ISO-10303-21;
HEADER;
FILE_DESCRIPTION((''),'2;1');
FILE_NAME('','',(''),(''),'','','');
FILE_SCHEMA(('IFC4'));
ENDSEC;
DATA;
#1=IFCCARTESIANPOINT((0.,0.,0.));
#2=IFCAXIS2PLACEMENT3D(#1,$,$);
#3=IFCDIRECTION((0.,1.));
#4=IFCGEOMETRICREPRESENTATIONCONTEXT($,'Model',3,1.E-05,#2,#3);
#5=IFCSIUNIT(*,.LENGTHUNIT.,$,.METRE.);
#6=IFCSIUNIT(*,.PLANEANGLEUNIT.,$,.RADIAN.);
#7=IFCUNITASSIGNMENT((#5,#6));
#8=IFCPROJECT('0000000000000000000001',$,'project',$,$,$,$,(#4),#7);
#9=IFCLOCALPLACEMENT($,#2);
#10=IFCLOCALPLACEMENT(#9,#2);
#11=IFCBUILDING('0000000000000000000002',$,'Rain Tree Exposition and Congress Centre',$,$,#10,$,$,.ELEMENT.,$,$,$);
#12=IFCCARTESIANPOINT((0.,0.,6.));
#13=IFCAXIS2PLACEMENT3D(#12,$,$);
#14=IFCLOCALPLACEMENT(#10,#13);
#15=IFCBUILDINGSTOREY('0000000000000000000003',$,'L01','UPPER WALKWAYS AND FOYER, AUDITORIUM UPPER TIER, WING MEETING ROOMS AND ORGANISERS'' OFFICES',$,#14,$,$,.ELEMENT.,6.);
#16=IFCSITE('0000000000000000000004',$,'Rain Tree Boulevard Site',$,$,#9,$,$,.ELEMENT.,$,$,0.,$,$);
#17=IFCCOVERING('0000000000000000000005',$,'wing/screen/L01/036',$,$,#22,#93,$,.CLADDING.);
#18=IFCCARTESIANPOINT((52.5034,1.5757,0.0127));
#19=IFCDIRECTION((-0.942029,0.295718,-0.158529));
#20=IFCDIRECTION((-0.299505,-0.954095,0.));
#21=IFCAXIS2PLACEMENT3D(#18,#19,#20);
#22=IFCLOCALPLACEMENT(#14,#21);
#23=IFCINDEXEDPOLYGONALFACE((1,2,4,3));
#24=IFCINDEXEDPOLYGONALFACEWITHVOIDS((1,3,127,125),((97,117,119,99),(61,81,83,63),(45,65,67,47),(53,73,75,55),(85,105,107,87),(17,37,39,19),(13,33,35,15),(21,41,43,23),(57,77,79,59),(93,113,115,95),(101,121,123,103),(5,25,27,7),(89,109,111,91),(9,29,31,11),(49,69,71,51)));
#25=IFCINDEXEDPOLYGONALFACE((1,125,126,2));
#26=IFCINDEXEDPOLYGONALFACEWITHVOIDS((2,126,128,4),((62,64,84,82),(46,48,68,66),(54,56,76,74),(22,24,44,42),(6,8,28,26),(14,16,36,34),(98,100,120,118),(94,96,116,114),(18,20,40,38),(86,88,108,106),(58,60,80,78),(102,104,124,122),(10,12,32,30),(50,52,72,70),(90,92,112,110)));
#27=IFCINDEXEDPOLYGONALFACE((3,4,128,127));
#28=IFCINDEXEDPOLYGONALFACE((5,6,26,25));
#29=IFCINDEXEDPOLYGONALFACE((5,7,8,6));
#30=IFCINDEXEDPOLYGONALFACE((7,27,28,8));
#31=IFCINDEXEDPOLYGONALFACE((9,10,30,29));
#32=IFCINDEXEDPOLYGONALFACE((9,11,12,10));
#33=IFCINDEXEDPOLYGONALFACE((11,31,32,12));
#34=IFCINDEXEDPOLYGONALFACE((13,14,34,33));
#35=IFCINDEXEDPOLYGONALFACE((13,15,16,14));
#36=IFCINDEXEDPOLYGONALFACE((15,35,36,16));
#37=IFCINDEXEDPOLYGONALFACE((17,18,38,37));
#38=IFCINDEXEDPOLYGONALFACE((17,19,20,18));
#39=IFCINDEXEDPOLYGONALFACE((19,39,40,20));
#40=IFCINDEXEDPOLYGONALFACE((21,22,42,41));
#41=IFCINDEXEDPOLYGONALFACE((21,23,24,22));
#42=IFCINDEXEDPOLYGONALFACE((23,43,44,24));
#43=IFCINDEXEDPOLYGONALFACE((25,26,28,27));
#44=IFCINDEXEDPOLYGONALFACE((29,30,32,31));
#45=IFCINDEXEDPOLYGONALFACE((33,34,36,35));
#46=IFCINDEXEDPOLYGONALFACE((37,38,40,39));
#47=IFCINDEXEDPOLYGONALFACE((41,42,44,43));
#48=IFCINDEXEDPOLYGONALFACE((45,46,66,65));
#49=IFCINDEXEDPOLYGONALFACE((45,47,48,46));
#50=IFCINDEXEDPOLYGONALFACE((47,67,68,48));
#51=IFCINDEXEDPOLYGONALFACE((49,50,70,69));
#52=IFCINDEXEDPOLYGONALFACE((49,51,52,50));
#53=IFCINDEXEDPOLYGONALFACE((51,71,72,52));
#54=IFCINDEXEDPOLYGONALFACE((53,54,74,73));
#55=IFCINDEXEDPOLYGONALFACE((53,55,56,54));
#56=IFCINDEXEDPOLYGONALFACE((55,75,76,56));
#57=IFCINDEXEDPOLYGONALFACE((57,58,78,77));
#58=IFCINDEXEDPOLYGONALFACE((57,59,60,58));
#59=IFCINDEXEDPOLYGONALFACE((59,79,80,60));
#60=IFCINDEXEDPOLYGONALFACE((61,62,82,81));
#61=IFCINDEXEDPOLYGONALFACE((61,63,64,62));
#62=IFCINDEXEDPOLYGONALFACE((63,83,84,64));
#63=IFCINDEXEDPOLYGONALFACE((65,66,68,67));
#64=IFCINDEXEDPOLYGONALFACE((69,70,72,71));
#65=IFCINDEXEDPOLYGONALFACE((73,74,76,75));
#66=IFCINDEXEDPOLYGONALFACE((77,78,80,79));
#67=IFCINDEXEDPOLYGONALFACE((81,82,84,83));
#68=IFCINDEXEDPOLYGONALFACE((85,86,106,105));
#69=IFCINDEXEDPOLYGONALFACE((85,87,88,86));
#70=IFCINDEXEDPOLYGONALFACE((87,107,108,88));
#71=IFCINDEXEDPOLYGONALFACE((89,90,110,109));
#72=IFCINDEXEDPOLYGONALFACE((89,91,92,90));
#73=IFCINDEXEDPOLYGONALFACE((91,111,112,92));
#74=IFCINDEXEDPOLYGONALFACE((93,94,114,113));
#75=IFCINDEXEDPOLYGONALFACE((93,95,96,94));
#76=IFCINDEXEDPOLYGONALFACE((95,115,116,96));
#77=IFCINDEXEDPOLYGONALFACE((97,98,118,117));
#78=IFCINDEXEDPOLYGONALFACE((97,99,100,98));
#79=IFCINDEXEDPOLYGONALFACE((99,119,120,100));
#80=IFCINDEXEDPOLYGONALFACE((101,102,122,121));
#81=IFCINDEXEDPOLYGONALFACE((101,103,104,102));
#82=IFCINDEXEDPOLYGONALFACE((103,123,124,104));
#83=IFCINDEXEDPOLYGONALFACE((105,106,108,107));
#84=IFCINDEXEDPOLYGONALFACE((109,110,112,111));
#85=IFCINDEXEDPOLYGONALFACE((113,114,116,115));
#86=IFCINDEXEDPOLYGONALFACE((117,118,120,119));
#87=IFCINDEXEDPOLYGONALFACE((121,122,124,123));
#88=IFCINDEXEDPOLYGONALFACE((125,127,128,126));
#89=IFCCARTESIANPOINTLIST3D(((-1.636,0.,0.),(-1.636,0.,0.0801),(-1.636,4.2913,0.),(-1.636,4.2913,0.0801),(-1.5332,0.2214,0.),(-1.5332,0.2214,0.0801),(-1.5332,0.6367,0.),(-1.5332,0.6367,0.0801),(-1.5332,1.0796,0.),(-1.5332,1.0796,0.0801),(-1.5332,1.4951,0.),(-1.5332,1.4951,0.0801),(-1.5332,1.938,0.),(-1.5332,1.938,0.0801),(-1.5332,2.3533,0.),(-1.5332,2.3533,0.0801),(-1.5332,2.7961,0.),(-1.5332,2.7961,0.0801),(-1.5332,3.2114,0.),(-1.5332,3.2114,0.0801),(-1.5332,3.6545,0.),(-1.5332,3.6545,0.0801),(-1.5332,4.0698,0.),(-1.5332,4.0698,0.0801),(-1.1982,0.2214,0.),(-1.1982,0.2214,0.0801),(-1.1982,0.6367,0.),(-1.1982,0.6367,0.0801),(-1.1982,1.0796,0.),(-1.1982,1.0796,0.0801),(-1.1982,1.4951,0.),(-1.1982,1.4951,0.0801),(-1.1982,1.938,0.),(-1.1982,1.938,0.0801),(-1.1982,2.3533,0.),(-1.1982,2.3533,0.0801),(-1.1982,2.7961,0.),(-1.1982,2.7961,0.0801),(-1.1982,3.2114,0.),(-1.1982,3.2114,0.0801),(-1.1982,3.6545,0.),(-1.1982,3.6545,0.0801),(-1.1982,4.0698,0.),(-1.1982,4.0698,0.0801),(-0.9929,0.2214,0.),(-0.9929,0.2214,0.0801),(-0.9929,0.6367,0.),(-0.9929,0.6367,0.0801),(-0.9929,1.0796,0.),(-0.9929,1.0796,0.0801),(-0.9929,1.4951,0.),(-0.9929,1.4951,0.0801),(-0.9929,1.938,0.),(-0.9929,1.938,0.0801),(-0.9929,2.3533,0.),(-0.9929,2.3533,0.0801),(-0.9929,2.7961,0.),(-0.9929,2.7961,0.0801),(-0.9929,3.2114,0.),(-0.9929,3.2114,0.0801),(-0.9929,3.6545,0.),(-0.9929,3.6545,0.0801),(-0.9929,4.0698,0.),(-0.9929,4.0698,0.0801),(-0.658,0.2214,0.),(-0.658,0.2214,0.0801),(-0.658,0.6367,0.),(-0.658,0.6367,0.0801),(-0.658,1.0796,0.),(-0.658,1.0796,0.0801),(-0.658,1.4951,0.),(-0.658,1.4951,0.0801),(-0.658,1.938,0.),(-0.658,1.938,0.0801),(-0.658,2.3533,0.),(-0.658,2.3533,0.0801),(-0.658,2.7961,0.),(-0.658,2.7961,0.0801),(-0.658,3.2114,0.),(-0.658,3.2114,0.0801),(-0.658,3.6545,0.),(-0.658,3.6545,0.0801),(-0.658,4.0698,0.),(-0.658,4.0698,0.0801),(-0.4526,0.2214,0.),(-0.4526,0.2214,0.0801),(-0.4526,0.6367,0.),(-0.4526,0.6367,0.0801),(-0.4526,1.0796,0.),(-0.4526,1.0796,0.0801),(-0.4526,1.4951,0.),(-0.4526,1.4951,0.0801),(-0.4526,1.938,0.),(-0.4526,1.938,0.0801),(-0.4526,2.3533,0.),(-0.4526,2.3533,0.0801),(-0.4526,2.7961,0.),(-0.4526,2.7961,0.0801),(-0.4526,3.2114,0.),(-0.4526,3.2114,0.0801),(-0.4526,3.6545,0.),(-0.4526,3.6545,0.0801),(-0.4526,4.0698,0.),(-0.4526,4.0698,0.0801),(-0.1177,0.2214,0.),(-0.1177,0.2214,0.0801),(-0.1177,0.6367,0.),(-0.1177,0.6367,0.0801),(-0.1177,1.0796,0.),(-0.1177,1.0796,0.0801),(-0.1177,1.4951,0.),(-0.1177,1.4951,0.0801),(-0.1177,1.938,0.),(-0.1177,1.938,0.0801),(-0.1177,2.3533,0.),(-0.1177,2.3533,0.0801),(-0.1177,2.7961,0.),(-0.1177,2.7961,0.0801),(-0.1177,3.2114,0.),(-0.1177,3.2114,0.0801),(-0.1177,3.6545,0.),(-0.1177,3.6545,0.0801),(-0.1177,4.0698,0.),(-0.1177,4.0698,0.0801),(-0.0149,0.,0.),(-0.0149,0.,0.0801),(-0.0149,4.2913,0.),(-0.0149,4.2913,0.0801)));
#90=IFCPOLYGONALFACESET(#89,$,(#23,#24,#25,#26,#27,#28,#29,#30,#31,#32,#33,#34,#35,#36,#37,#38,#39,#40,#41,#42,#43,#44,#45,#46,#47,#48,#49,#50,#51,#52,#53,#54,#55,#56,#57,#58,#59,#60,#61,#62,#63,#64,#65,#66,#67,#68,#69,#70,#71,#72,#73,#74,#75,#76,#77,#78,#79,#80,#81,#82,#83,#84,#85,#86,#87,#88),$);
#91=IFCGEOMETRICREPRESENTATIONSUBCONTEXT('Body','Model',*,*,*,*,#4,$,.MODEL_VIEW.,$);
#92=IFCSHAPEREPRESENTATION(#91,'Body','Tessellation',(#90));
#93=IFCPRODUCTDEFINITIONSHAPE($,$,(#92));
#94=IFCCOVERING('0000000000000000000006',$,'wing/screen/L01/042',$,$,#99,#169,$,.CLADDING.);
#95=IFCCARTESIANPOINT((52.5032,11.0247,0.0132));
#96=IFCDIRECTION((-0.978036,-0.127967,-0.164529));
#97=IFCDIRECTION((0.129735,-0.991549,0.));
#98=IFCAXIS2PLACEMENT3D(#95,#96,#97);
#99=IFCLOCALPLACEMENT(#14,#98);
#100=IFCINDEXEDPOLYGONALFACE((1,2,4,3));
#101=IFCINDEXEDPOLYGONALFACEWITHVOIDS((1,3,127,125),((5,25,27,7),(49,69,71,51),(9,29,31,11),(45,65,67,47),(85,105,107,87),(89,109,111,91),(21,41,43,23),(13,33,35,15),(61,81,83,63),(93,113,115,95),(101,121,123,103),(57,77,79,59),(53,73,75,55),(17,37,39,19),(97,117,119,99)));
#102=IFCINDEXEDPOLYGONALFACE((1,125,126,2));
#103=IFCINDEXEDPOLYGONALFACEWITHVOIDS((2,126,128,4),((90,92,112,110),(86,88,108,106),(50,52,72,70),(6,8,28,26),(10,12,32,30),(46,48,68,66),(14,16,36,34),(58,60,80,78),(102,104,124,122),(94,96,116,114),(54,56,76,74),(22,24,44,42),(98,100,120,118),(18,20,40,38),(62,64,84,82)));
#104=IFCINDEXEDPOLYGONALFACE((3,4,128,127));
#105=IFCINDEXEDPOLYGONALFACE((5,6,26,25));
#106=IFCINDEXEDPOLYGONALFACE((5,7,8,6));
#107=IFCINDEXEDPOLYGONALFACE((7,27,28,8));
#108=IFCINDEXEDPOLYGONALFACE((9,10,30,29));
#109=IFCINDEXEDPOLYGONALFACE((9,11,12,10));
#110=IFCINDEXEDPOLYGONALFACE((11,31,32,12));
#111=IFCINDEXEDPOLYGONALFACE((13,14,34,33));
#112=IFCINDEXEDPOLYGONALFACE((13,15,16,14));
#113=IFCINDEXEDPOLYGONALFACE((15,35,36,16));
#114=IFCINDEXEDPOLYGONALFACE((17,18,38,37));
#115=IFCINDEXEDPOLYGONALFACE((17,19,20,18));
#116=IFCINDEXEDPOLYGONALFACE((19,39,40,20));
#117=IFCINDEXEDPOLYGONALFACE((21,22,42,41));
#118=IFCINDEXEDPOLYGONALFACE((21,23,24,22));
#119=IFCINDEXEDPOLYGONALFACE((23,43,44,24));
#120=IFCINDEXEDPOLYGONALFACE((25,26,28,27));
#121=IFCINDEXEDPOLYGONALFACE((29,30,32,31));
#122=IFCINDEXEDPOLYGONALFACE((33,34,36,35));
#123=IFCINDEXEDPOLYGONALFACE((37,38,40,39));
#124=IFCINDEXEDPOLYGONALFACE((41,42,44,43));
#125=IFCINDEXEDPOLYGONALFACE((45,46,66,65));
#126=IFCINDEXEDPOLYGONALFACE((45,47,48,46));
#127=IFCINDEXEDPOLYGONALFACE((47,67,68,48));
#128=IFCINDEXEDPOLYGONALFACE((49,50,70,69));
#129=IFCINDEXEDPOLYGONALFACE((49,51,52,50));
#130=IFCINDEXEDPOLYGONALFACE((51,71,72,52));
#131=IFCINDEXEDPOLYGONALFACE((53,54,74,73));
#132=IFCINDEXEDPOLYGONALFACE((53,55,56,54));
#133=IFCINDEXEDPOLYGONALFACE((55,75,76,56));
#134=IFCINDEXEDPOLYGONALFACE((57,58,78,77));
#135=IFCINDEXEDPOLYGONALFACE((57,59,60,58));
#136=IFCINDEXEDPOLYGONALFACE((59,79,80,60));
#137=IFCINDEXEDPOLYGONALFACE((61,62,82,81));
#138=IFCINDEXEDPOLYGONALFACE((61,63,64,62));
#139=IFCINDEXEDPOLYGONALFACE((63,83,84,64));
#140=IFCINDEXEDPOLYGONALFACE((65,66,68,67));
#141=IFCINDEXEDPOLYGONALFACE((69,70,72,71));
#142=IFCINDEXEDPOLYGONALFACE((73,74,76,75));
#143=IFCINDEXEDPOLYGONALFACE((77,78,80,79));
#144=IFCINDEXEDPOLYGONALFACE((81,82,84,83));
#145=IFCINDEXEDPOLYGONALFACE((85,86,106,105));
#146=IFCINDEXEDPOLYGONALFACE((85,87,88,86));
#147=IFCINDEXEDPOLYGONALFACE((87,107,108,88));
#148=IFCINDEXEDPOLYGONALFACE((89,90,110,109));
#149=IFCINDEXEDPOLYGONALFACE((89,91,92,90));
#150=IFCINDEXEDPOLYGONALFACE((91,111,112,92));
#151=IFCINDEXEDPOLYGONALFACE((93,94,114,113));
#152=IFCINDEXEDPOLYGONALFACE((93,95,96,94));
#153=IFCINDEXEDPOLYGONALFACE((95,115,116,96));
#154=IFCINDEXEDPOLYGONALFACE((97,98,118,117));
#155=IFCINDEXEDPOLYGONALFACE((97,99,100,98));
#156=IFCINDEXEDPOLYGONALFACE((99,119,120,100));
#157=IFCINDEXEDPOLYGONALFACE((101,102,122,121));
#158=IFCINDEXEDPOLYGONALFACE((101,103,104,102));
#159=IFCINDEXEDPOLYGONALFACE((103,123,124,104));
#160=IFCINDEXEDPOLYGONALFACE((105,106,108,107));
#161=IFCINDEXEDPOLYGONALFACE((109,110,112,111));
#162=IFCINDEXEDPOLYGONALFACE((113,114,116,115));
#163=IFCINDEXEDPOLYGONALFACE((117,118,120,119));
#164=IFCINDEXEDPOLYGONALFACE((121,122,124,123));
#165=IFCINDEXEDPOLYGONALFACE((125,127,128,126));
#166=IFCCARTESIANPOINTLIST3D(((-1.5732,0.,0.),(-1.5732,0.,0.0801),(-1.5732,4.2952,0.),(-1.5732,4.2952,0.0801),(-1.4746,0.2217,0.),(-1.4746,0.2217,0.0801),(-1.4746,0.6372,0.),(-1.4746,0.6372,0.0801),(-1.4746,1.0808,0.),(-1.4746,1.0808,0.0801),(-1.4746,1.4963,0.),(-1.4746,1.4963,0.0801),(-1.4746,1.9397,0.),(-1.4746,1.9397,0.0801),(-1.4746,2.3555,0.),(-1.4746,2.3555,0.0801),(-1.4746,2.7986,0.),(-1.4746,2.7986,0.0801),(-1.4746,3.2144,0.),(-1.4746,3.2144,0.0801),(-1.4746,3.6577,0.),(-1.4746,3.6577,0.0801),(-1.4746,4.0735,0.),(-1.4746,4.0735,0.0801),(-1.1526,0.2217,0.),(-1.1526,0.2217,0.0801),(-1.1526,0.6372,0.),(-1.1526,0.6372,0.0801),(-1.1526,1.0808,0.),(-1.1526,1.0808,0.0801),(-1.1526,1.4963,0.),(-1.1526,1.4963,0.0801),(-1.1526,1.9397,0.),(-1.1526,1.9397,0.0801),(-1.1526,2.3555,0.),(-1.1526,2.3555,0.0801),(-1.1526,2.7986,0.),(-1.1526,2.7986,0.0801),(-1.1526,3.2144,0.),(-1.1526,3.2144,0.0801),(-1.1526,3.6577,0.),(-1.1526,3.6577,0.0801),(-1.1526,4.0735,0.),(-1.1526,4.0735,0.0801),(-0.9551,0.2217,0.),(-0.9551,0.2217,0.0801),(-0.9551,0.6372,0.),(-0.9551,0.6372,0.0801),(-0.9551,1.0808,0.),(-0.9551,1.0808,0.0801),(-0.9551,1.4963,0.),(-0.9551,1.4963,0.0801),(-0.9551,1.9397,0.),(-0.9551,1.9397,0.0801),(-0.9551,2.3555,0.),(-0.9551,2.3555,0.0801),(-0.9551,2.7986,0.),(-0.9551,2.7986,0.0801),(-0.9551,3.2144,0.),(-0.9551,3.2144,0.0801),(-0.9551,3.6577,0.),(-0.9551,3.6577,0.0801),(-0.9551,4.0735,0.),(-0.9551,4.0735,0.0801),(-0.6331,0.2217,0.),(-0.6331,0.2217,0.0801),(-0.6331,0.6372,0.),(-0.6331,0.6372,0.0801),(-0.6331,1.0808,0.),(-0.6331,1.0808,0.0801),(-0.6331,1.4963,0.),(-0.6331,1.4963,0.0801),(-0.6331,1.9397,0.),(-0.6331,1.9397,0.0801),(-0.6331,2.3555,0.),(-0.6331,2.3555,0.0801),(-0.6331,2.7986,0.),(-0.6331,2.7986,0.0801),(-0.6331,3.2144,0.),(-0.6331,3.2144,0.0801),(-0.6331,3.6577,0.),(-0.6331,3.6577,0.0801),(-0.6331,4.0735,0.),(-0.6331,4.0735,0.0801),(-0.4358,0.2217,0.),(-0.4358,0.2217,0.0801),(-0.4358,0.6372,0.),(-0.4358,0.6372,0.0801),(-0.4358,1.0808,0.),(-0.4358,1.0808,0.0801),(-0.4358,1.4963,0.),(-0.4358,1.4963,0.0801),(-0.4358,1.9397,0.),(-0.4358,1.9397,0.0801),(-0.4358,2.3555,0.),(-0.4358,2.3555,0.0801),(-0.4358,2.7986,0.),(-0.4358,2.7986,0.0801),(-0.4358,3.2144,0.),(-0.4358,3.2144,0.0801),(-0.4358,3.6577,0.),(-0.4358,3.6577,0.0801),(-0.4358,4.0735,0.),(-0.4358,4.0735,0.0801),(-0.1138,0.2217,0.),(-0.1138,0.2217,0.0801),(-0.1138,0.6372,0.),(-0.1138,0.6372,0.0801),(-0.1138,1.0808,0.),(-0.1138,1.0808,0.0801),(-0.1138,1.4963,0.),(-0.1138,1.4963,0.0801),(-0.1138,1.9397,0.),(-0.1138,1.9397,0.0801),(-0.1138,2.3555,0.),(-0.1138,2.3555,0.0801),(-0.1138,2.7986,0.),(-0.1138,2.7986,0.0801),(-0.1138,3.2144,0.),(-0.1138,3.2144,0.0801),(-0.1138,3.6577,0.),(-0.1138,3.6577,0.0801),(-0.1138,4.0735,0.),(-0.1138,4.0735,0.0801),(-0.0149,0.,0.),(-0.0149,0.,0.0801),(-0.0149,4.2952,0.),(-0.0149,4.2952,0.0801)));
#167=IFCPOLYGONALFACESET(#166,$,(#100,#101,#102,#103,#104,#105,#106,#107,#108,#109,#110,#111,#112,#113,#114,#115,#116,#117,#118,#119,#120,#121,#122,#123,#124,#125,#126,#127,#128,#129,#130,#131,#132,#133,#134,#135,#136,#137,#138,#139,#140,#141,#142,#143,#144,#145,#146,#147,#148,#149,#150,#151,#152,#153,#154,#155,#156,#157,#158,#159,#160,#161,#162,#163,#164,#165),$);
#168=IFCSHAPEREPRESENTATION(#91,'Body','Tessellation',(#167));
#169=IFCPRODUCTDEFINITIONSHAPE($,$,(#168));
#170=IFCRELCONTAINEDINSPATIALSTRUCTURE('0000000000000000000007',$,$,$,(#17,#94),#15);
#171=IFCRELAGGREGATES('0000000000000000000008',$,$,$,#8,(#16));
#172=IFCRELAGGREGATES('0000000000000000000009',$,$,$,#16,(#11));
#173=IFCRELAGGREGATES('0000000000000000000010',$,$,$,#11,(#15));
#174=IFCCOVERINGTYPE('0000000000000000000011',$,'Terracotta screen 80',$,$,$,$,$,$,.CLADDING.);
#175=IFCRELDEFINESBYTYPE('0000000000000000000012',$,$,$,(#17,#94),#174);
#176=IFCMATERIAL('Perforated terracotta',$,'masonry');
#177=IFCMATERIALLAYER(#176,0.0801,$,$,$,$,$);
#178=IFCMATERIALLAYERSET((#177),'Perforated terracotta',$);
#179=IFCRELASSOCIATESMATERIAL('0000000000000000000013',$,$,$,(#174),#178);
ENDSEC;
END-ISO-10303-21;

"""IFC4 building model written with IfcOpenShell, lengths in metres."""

from ifc_helpers import new_model, si_unit, direction, frame, origin, place, context, subcontext, project, spatial, polyline, outline, extrude, material, layer, layer_set, type_object, element, save


model = new_model("IFC4")

# Units and contexts
model_context = context("Model", 3, precision=1e-05, world=origin(), true_north=direction((0.0, 1.0)))
body_context = subcontext(model_context, "Body", "Model", "MODEL_VIEW")
ifc_project = project(units=[si_unit("LENGTHUNIT", "METRE"), si_unit("PLANEANGLEUNIT", "RADIAN")], contexts=[model_context])

# Site, building, storey
site_placement = place(None, origin())
site = spatial("IfcSite", under=ifc_project, at=site_placement, Name="Rain Tree Boulevard Site", CompositionType="ELEMENT", RefElevation=0.0)
building_placement = place(site_placement, origin())
building = spatial("IfcBuilding", under=site, at=building_placement, Name="Rain Tree Exposition and Congress Centre", CompositionType="ELEMENT")
storey_placement = place(building_placement, frame((0.0, 0.0, 6.0)))
storey = spatial("IfcBuildingStorey", under=building, at=storey_placement, Name="L01", Description="UPPER WALKWAYS AND FOYER, AUDITORIUM UPPER TIER, WING MEETING ROOMS AND ORGANISERS' OFFICES", CompositionType="ELEMENT", Elevation=6.0)

# Coverings
ifc_material_1 = material(Name="Perforated terracotta", Category="masonry")
ifc_layer = layer(ifc_material_1, 0.0801)
ifc_layer_set = layer_set([ifc_layer], Name="Perforated terracotta")
covering_type = type_object("IfcCoveringType", Name="Terracotta screen 80", PredefinedType="CLADDING", material=ifc_layer_set)
covering_1_placement = place(storey_placement, frame((52.5034, 1.5757, 0.0127), z_axis=(-0.942029, 0.295718, -0.158529), x_axis=(-0.299505, -0.954095, 0.0)))
element("IfcCovering", 1, at=covering_1_placement, inside=storey, type_object=covering_type, Name="wing/screen/L01/036", PredefinedType="CLADDING", context=body_context, shape_type="SweptSolid", body=[
    extrude(outline(polyline([(-1.636, 0.0), (-1.636, 4.2913), (-0.0149, 4.2913), (-0.0149, 0.0), (-1.636, 0.0)]), holes=[polyline([(-0.1177, 0.2214), (-0.1177, 0.6367), (-0.4526, 0.6367), (-0.4526, 0.2214), (-0.1177, 0.2214)]), polyline([(-0.1177, 1.0796), (-0.1177, 1.4951), (-0.4526, 1.4951), (-0.4526, 1.0796), (-0.1177, 1.0796)]), polyline([(-0.1177, 1.938), (-0.1177, 2.3533), (-0.4526, 2.3533), (-0.4526, 1.938), (-0.1177, 1.938)]), polyline([(-0.1177, 2.7961), (-0.1177, 3.2114), (-0.4526, 3.2114), (-0.4526, 2.7961), (-0.1177, 2.7961)]), polyline([(-0.1177, 3.6545), (-0.1177, 4.0698), (-0.4526, 4.0698), (-0.4526, 3.6545), (-0.1177, 3.6545)]), polyline([(-0.658, 0.2214), (-0.658, 0.6367), (-0.9929, 0.6367), (-0.9929, 0.2214), (-0.658, 0.2214)]), polyline([(-0.658, 1.0796), (-0.658, 1.4951), (-0.9929, 1.4951), (-0.9929, 1.0796), (-0.658, 1.0796)]), polyline([(-0.658, 1.938), (-0.658, 2.3533), (-0.9929, 2.3533), (-0.9929, 1.938), (-0.658, 1.938)]), polyline([(-0.658, 2.7961), (-0.658, 3.2114), (-0.9929, 3.2114), (-0.9929, 2.7961), (-0.658, 2.7961)]), polyline([(-0.658, 3.6545), (-0.658, 4.0698), (-0.9929, 4.0698), (-0.9929, 3.6545), (-0.658, 3.6545)]), polyline([(-1.1982, 0.2214), (-1.1982, 0.6367), (-1.5332, 0.6367), (-1.5332, 0.2214), (-1.1982, 0.2214)]), polyline([(-1.1982, 1.0796), (-1.1982, 1.4951), (-1.5332, 1.4951), (-1.5332, 1.0796), (-1.1982, 1.0796)]), polyline([(-1.1982, 1.938), (-1.1982, 2.3533), (-1.5332, 2.3533), (-1.5332, 1.938), (-1.1982, 1.938)]), polyline([(-1.1982, 2.7961), (-1.1982, 3.2114), (-1.5332, 3.2114), (-1.5332, 2.7961), (-1.1982, 2.7961)]), polyline([(-1.1982, 3.6545), (-1.1982, 4.0698), (-1.5332, 4.0698), (-1.5332, 3.6545), (-1.1982, 3.6545)])]), origin(), (0.0, 0.0, 1.0), 0.0801),
])
covering_2_placement = place(storey_placement, frame((52.5032, 11.0247, 0.0132), z_axis=(-0.978036, -0.127967, -0.164529), x_axis=(0.129735, -0.991549, 0.0)))
element("IfcCovering", 2, at=covering_2_placement, inside=storey, type_object=covering_type, Name="wing/screen/L01/042", PredefinedType="CLADDING", context=body_context, shape_type="SweptSolid", body=[
    extrude(outline(polyline([(-1.5732, 0.0), (-1.5732, 4.2952), (-0.0149, 4.2952), (-0.0149, 0.0), (-1.5732, 0.0)]), holes=[polyline([(-0.1138, 0.2217), (-0.1138, 0.6372), (-0.4358, 0.6372), (-0.4358, 0.2217), (-0.1138, 0.2217)]), polyline([(-0.1138, 1.0808), (-0.1138, 1.4963), (-0.4358, 1.4963), (-0.4358, 1.0808), (-0.1138, 1.0808)]), polyline([(-0.1138, 1.9397), (-0.1138, 2.3555), (-0.4358, 2.3555), (-0.4358, 1.9397), (-0.1138, 1.9397)]), polyline([(-0.1138, 2.7986), (-0.1138, 3.2144), (-0.4358, 3.2144), (-0.4358, 2.7986), (-0.1138, 2.7986)]), polyline([(-0.1138, 3.6577), (-0.1138, 4.0735), (-0.4358, 4.0735), (-0.4358, 3.6577), (-0.1138, 3.6577)]), polyline([(-0.6331, 0.2217), (-0.6331, 0.6372), (-0.9551, 0.6372), (-0.9551, 0.2217), (-0.6331, 0.2217)]), polyline([(-0.6331, 1.0808), (-0.6331, 1.4963), (-0.9551, 1.4963), (-0.9551, 1.0808), (-0.6331, 1.0808)]), polyline([(-0.6331, 1.9397), (-0.6331, 2.3555), (-0.9551, 2.3555), (-0.9551, 1.9397), (-0.6331, 1.9397)]), polyline([(-0.6331, 2.7986), (-0.6331, 3.2144), (-0.9551, 3.2144), (-0.9551, 2.7986), (-0.6331, 2.7986)]), polyline([(-0.6331, 3.6577), (-0.6331, 4.0735), (-0.9551, 4.0735), (-0.9551, 3.6577), (-0.6331, 3.6577)]), polyline([(-1.1526, 0.2217), (-1.1526, 0.6372), (-1.4746, 0.6372), (-1.4746, 0.2217), (-1.1526, 0.2217)]), polyline([(-1.1526, 1.0808), (-1.1526, 1.4963), (-1.4746, 1.4963), (-1.4746, 1.0808), (-1.1526, 1.0808)]), polyline([(-1.1526, 1.9397), (-1.1526, 2.3555), (-1.4746, 2.3555), (-1.4746, 1.9397), (-1.1526, 1.9397)]), polyline([(-1.1526, 2.7986), (-1.1526, 3.2144), (-1.4746, 3.2144), (-1.4746, 2.7986), (-1.1526, 2.7986)]), polyline([(-1.1526, 3.6577), (-1.1526, 4.0735), (-1.4746, 4.0735), (-1.4746, 3.6577), (-1.1526, 3.6577)])]), origin(), (0.0, 0.0, 1.0), 0.0801),
])

save(model, "model.ifc")
